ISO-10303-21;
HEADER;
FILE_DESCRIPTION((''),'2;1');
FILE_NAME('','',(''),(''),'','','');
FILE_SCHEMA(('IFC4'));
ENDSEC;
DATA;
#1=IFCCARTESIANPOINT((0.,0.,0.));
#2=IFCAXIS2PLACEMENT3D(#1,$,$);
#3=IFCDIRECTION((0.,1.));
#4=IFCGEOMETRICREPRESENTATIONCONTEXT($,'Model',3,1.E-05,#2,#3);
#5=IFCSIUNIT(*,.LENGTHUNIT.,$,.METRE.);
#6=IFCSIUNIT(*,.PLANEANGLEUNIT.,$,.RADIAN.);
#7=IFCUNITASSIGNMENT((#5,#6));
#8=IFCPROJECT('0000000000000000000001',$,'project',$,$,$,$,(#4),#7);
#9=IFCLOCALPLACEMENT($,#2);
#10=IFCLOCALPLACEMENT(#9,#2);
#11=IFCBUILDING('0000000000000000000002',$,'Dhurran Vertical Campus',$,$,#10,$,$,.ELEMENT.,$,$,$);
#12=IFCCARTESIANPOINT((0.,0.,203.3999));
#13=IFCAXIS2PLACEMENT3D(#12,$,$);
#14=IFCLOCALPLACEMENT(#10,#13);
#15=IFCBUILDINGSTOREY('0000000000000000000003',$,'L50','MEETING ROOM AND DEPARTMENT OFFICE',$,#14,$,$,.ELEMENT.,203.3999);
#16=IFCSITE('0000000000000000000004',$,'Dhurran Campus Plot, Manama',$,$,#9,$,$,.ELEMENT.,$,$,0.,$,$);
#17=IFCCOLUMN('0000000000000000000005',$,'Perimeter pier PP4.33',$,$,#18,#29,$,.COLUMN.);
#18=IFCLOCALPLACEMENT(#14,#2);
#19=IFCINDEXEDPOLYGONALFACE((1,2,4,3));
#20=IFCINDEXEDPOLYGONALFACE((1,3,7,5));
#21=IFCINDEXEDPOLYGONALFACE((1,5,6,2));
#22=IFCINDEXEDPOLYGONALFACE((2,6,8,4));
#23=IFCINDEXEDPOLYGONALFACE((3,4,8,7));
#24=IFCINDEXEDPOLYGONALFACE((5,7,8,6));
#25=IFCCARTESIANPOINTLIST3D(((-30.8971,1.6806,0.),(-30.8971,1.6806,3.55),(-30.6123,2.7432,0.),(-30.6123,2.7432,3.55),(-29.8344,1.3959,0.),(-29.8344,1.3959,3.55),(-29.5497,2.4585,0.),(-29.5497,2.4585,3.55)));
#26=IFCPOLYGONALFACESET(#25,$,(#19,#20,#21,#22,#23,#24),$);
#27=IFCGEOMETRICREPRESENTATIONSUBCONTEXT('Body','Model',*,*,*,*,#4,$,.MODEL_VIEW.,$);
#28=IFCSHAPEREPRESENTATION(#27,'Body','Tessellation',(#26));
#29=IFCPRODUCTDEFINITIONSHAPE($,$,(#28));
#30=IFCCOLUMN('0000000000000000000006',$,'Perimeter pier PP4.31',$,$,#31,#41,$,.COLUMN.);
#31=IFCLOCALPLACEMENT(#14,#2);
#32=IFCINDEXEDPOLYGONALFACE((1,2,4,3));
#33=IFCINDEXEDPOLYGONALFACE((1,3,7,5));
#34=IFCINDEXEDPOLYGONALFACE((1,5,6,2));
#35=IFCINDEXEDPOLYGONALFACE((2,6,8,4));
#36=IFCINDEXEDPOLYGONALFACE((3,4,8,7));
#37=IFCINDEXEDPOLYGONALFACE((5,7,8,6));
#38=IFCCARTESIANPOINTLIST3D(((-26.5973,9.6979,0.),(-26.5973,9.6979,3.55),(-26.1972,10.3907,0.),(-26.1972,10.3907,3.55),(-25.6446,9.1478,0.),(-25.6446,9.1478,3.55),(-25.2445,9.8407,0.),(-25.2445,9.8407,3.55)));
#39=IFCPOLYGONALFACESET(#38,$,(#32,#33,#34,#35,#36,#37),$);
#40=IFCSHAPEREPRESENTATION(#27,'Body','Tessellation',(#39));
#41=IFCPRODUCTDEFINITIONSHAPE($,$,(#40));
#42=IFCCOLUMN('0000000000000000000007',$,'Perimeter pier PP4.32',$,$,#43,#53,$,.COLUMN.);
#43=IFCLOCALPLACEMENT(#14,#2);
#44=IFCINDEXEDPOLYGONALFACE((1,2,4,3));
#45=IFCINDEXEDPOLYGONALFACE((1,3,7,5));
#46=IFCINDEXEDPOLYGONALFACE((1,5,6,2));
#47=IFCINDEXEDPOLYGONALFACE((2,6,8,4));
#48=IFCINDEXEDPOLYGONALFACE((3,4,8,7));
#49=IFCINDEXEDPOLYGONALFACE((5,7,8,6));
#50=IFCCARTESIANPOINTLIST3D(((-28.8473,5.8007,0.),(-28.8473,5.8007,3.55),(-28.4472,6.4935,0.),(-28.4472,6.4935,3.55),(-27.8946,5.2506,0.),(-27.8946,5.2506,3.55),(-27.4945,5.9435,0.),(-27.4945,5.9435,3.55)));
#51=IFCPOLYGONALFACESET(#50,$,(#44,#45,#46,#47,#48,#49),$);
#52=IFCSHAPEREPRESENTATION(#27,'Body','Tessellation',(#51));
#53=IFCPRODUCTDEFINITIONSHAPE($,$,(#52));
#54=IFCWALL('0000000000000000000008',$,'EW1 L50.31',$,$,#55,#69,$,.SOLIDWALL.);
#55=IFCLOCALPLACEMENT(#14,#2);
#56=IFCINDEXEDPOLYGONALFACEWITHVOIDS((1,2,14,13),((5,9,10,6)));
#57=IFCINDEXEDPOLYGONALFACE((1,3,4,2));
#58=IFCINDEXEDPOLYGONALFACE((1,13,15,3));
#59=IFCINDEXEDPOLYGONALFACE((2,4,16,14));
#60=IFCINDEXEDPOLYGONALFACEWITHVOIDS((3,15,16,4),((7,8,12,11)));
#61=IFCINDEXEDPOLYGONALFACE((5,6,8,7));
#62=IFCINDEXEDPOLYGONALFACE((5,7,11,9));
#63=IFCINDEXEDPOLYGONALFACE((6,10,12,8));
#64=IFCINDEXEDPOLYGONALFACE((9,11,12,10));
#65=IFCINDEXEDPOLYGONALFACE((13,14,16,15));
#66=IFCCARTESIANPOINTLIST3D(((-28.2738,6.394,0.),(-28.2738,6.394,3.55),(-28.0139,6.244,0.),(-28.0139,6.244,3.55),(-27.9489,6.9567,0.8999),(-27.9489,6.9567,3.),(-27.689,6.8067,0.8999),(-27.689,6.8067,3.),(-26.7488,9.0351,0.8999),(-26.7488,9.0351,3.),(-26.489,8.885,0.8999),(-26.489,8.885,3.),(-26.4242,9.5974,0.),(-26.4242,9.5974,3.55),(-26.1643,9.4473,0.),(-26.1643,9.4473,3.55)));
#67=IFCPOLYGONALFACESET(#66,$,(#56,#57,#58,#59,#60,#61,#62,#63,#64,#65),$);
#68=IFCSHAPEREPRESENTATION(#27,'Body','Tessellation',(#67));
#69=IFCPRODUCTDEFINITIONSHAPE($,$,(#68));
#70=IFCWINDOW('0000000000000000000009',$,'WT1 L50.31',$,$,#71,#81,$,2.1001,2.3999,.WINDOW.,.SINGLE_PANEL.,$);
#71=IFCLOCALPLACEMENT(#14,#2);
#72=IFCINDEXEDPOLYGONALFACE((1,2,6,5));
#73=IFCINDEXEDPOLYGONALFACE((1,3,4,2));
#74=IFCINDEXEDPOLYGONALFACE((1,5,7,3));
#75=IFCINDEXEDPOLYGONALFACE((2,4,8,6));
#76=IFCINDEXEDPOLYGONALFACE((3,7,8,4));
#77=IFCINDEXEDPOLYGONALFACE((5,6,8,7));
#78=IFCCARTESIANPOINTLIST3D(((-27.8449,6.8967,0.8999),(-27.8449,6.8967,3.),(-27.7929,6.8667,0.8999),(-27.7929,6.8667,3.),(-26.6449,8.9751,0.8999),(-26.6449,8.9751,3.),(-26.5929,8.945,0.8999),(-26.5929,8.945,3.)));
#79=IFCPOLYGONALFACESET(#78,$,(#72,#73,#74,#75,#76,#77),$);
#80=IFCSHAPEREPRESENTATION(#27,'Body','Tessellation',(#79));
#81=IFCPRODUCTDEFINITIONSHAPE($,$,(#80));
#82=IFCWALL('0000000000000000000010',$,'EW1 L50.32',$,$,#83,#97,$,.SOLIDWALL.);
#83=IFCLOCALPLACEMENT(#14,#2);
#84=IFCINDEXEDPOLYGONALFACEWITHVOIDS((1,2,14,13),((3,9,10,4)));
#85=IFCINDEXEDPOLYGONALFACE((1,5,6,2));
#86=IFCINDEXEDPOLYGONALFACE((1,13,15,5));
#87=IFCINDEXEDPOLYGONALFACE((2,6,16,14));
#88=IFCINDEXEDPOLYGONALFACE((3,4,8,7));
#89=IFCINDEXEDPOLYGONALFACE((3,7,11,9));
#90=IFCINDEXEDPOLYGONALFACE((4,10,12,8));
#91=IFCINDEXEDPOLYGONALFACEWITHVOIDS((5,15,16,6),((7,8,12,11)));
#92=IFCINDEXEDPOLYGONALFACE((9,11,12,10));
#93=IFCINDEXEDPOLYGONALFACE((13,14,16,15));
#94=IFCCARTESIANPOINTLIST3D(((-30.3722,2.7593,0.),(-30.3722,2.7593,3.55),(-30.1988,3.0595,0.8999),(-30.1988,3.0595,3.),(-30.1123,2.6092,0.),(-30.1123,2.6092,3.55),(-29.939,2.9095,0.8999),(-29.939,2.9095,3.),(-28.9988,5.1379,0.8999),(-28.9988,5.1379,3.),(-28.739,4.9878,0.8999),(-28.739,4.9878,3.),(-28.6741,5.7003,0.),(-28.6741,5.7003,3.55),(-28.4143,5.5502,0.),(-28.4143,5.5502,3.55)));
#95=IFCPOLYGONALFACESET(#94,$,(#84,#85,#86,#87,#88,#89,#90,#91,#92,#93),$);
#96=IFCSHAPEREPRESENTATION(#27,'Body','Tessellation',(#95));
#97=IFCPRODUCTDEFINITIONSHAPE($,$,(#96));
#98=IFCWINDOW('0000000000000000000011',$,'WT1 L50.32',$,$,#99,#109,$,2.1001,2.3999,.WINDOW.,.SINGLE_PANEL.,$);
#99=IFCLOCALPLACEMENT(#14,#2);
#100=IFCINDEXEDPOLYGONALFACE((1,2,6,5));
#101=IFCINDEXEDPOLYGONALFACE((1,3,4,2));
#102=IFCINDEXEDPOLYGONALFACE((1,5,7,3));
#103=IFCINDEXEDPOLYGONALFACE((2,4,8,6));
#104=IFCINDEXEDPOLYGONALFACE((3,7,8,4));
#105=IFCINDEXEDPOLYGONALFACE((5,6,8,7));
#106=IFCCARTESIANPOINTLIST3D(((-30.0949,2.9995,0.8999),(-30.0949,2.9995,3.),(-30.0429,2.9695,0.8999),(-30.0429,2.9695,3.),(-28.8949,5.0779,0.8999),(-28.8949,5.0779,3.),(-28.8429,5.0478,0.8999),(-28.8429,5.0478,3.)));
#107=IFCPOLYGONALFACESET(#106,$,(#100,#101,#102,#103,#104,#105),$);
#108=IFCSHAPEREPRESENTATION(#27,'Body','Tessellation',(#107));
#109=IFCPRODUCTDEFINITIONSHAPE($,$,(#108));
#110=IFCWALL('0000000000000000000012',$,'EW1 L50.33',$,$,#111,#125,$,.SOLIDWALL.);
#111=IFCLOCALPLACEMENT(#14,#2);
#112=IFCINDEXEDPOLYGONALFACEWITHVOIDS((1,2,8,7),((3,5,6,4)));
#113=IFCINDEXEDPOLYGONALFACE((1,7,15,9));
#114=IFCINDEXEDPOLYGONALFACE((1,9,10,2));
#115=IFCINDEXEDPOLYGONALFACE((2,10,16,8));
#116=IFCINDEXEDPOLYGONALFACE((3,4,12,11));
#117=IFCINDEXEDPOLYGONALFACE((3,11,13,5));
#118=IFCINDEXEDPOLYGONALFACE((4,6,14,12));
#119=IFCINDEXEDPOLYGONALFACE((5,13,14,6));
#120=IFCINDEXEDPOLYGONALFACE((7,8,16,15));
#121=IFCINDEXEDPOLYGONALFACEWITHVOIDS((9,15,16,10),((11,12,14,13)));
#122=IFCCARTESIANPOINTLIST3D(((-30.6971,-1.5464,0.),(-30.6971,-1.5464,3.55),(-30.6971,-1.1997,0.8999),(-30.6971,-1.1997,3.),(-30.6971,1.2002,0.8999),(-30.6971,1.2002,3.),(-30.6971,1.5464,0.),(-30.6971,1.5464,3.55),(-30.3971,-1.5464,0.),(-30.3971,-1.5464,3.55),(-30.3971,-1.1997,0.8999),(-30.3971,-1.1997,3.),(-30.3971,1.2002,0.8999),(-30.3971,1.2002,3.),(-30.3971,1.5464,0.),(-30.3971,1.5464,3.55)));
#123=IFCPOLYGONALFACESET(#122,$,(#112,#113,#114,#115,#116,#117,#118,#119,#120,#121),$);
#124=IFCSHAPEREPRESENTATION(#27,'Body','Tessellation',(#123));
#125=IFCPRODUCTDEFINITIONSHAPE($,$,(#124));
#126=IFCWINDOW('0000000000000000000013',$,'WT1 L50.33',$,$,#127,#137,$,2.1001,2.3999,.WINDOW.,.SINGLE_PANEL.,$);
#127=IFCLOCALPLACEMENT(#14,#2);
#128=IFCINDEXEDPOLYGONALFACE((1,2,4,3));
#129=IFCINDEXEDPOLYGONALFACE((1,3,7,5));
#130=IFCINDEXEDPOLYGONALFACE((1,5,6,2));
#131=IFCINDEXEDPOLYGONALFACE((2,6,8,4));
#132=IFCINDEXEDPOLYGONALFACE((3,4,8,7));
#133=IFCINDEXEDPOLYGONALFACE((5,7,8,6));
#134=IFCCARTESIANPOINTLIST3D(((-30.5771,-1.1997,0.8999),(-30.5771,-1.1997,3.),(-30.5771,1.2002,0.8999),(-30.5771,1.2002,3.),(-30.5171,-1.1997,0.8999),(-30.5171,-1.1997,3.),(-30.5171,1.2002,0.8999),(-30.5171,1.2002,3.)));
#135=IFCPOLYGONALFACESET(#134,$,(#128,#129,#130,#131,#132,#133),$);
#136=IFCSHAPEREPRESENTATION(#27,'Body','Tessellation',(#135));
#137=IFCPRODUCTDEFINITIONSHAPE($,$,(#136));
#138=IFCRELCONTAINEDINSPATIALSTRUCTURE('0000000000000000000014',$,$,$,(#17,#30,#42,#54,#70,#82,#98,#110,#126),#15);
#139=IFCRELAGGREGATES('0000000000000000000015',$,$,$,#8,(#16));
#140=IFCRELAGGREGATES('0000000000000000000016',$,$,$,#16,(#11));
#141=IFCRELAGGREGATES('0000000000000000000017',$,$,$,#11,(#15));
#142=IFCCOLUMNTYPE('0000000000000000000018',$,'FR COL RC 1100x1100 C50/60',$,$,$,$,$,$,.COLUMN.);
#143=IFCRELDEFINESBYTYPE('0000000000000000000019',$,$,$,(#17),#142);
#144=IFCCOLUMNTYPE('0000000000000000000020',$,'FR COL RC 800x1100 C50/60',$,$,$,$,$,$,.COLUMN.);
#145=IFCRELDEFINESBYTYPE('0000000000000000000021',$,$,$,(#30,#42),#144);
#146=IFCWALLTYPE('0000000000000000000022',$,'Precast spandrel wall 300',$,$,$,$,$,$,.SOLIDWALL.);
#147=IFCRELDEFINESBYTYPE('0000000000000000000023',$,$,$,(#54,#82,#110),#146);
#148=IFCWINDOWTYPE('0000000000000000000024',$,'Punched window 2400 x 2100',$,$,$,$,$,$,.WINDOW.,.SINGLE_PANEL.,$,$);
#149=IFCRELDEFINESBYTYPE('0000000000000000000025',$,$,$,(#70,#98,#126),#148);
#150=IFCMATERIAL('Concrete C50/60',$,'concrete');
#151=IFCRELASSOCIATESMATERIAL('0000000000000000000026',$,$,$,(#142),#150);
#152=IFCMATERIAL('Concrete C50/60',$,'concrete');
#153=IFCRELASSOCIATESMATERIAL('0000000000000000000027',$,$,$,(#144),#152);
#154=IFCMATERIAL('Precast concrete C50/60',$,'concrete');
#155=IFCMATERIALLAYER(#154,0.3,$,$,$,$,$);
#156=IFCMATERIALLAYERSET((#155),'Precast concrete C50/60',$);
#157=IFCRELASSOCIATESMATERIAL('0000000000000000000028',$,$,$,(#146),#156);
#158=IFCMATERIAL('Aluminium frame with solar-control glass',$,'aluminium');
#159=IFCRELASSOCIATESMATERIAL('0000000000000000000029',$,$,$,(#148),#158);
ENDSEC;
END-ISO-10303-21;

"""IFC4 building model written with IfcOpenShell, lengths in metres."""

from ifc_helpers import new_model, si_unit, direction, frame, frame_2d, origin, origin_2d, place, context, subcontext, project, spatial, rectangle, extrude, material, layer, layer_set, material_profile, profile_set, type_object, element, fill, save


model = new_model("IFC4")

# Units and contexts
model_context = context("Model", 3, precision=1e-05, world=origin(), true_north=direction((0.0, 1.0)))
body_context = subcontext(model_context, "Body", "Model", "MODEL_VIEW")
ifc_project = project(units=[si_unit("LENGTHUNIT", "METRE"), si_unit("PLANEANGLEUNIT", "RADIAN")], contexts=[model_context])

# Site, building, storey
site_placement = place(None, origin())
site = spatial("IfcSite", under=ifc_project, at=site_placement, Name="Dhurran Campus Plot, Manama", CompositionType="ELEMENT", RefElevation=0.0)
building_placement = place(site_placement, origin())
building = spatial("IfcBuilding", under=site, at=building_placement, Name="Dhurran Vertical Campus", CompositionType="ELEMENT")
storey_placement = place(building_placement, frame((0.0, 0.0, 203.3999)))
storey = spatial("IfcBuildingStorey", under=building, at=storey_placement, Name="L50", Description="MEETING ROOM AND DEPARTMENT OFFICE", CompositionType="ELEMENT", Elevation=203.3999)

# Columns
ifc_material_1 = material(Name="Concrete C50/60", Category="concrete")
ifc_material_profile_1 = material_profile(ifc_material_1, rectangle(XDim=1.1001, YDim=1.1001, at=origin_2d()), Name="RC 1100x1100")
ifc_profile_set_1 = profile_set([ifc_material_profile_1], Name="Concrete C50/60")
column_type_1 = type_object("IfcColumnType", Name="FR COL RC 1100x1100 C50/60", PredefinedType="COLUMN", material=ifc_profile_set_1)
column_placement = place(storey_placement, frame((-30.2234, 2.0696, 0.0), z_axis=(0.0, 0.0, 1.0), x_axis=(-0.258819, -0.965926, 0.0)))
element("IfcColumn", 1, at=column_placement, inside=storey, type_object=column_type_1, Name="Perimeter pier PP4.33", PredefinedType="COLUMN", context=body_context, shape_type="SweptSolid", body=[
    extrude(rectangle(XDim=1.1001, YDim=1.1001, at=origin_2d()), origin(), (0.0, 0.0, 1.0), 3.55),
])
ifc_material_2 = material(Name="Concrete C50/60", Category="concrete")
ifc_material_profile_2 = material_profile(ifc_material_2, rectangle(XDim=0.8, YDim=1.1001, at=origin_2d()), Name="RC 800x1100")
ifc_profile_set_2 = profile_set([ifc_material_profile_2], Name="Concrete C50/60")
column_type_2 = type_object("IfcColumnType", Name="FR COL RC 800x1100 C50/60", PredefinedType="COLUMN", material=ifc_profile_set_2)
for number, where, z_axis, x_axis, name in (
    (2, (-25.9209, 9.7693, 0.0), (0.0, 0.0, 1.0), (-0.5, -0.866025, 0.0), "Perimeter pier PP4.31"),
    (3, (-28.1709, 5.8721, 0.0), (0.0, 0.0, 1.0), (-0.5, -0.866025, 0.0), "Perimeter pier PP4.32"),
):
    element("IfcColumn", number, at=place(storey_placement, frame(where, z_axis=z_axis, x_axis=x_axis)), inside=storey, type_object=column_type_2, Name=name, PredefinedType="COLUMN", context=body_context, shape_type="SweptSolid", body=[
        extrude(rectangle(XDim=0.8, YDim=1.1001, at=origin_2d()), origin(), (0.0, 0.0, 1.0), 3.55),
    ])

# Walls, openings, windows
ifc_material_3 = material(Name="Precast concrete C50/60", Category="concrete")
ifc_layer_1 = layer(ifc_material_3, 0.3)
ifc_layer_set_1 = layer_set([ifc_layer_1], Name="Precast concrete C50/60")
wall_type_1 = type_object("IfcWallType", Name="Precast spandrel wall 300", PredefinedType="SOLIDWALL", material=ifc_layer_set_1)
wall_1_placement = place(storey_placement, frame((-26.2942, 9.5225, 0.0), z_axis=(0.0, 0.0, 1.0), x_axis=(-0.500029, -0.866009, 0.0)))
wall_1 = element("IfcWall", 4, at=wall_1_placement, inside=storey, type_object=wall_type_1, Name="EW1 L50.31", PredefinedType="SOLIDWALL", context=body_context, shape_type="SweptSolid", body=[
    extrude(rectangle(XDim=3.699, YDim=0.3, at=frame_2d((1.8496, 0.0))), origin(), (0.0, 0.0, 1.0), 3.55),
])
opening_1_placement = place(wall_1_placement, frame((0.6494, 0.0, 0.8999)))
opening_1 = element("IfcOpeningElement", 5, at=opening_1_placement, cuts=wall_1, PredefinedType="OPENING", context=body_context, shape_type="SweptSolid", body=[
    extrude(rectangle(XDim=2.3999, YDim=2.1001, at=frame_2d((1.2, 1.05))), frame((0.0, 0.1599, 0.0), z_axis=(0.0, -1.0, 0.0), x_axis=(1.0, 0.0, 0.0)), (0.0, 0.0, 1.0), 0.3201),
])
ifc_material_4 = material(Name="Aluminium frame with solar-control glass", Category="aluminium")
window_type = type_object("IfcWindowType", Name="Punched window 2400 x 2100", PartitioningType="SINGLE_PANEL", PredefinedType="WINDOW", material=ifc_material_4)
window_1_placement = place(opening_1_placement, origin())
window_1 = element("IfcWindow", 6, at=window_1_placement, inside=storey, type_object=window_type, Name="WT1 L50.31", OverallHeight=2.1001, OverallWidth=2.3999, PartitioningType="SINGLE_PANEL", PredefinedType="WINDOW", context=body_context, shape_type="SweptSolid", body=[
    extrude(rectangle(XDim=2.3999, YDim=2.1001, at=frame_2d((1.2, 1.05))), frame((0.0, 0.03, 0.0), z_axis=(0.0, -1.0, 0.0), x_axis=(1.0, 0.0, 0.0)), (0.0, 0.0, 1.0), 0.0601),
])
fill(opening_1, window_1)
wall_2_placement = place(storey_placement, frame((-28.5442, 5.6252, 0.0), z_axis=(0.0, 0.0, 1.0), x_axis=(-0.500013, -0.866018, 0.0)))
wall_2 = element("IfcWall", 7, at=wall_2_placement, inside=storey, type_object=wall_type_1, Name="EW1 L50.32", PredefinedType="SOLIDWALL", context=body_context, shape_type="SweptSolid", body=[
    extrude(rectangle(XDim=3.396, YDim=0.3, at=frame_2d((1.698, 0.0))), origin(), (0.0, 0.0, 1.0), 3.55),
])
opening_2_placement = place(wall_2_placement, frame((0.6494, 0.0, 0.8999)))
opening_2 = element("IfcOpeningElement", 8, at=opening_2_placement, cuts=wall_2, PredefinedType="OPENING", context=body_context, shape_type="SweptSolid", body=[
    extrude(rectangle(XDim=2.3999, YDim=2.1001, at=frame_2d((1.2, 1.05))), frame((0.0, 0.1599, 0.0), z_axis=(0.0, -1.0, 0.0), x_axis=(1.0, 0.0, 0.0)), (0.0, 0.0, 1.0), 0.3201),
])
window_2_placement = place(opening_2_placement, origin())
window_2 = element("IfcWindow", 9, at=window_2_placement, inside=storey, type_object=window_type, Name="WT1 L50.32", OverallHeight=2.1001, OverallWidth=2.3999, PartitioningType="SINGLE_PANEL", PredefinedType="WINDOW", context=body_context, shape_type="SweptSolid", body=[
    extrude(rectangle(XDim=2.3999, YDim=2.1001, at=frame_2d((1.2, 1.05))), frame((0.0, 0.03, 0.0), z_axis=(0.0, -1.0, 0.0), x_axis=(1.0, 0.0, 0.0)), (0.0, 0.0, 1.0), 0.0601),
])
fill(opening_2, window_2)
wall_3_placement = place(storey_placement, frame((-30.5471, 1.5464, 0.0), z_axis=(0.0, 0.0, 1.0), x_axis=(0.0, -1.0, 0.0)))
wall_3 = element("IfcWall", 10, at=wall_3_placement, inside=storey, type_object=wall_type_1, Name="EW1 L50.33", PredefinedType="SOLIDWALL", context=body_context, shape_type="SweptSolid", body=[
    extrude(rectangle(XDim=3.0928, YDim=0.3, at=frame_2d((1.5464, 0.0))), origin(), (0.0, 0.0, 1.0), 3.55),
])
opening_3_placement = place(wall_3_placement, frame((0.3462, 0.0, 0.8999)))
opening_3 = element("IfcOpeningElement", 11, at=opening_3_placement, cuts=wall_3, PredefinedType="OPENING", context=body_context, shape_type="SweptSolid", body=[
    extrude(rectangle(XDim=2.3999, YDim=2.1001, at=frame_2d((1.2, 1.05))), frame((0.0, 0.1599, 0.0), z_axis=(0.0, -1.0, 0.0), x_axis=(1.0, 0.0, 0.0)), (0.0, 0.0, 1.0), 0.3201),
])
window_3_placement = place(opening_3_placement, origin())
window_3 = element("IfcWindow", 12, at=window_3_placement, inside=storey, type_object=window_type, Name="WT1 L50.33", OverallHeight=2.1001, OverallWidth=2.3999, PartitioningType="SINGLE_PANEL", PredefinedType="WINDOW", context=body_context, shape_type="SweptSolid", body=[
    extrude(rectangle(XDim=2.3999, YDim=2.1001, at=frame_2d((1.2, 1.05))), frame((0.0, 0.03, 0.0), z_axis=(0.0, -1.0, 0.0), x_axis=(1.0, 0.0, 0.0)), (0.0, 0.0, 1.0), 0.0601),
])
fill(opening_3, window_3)

save(model, "model.ifc")
